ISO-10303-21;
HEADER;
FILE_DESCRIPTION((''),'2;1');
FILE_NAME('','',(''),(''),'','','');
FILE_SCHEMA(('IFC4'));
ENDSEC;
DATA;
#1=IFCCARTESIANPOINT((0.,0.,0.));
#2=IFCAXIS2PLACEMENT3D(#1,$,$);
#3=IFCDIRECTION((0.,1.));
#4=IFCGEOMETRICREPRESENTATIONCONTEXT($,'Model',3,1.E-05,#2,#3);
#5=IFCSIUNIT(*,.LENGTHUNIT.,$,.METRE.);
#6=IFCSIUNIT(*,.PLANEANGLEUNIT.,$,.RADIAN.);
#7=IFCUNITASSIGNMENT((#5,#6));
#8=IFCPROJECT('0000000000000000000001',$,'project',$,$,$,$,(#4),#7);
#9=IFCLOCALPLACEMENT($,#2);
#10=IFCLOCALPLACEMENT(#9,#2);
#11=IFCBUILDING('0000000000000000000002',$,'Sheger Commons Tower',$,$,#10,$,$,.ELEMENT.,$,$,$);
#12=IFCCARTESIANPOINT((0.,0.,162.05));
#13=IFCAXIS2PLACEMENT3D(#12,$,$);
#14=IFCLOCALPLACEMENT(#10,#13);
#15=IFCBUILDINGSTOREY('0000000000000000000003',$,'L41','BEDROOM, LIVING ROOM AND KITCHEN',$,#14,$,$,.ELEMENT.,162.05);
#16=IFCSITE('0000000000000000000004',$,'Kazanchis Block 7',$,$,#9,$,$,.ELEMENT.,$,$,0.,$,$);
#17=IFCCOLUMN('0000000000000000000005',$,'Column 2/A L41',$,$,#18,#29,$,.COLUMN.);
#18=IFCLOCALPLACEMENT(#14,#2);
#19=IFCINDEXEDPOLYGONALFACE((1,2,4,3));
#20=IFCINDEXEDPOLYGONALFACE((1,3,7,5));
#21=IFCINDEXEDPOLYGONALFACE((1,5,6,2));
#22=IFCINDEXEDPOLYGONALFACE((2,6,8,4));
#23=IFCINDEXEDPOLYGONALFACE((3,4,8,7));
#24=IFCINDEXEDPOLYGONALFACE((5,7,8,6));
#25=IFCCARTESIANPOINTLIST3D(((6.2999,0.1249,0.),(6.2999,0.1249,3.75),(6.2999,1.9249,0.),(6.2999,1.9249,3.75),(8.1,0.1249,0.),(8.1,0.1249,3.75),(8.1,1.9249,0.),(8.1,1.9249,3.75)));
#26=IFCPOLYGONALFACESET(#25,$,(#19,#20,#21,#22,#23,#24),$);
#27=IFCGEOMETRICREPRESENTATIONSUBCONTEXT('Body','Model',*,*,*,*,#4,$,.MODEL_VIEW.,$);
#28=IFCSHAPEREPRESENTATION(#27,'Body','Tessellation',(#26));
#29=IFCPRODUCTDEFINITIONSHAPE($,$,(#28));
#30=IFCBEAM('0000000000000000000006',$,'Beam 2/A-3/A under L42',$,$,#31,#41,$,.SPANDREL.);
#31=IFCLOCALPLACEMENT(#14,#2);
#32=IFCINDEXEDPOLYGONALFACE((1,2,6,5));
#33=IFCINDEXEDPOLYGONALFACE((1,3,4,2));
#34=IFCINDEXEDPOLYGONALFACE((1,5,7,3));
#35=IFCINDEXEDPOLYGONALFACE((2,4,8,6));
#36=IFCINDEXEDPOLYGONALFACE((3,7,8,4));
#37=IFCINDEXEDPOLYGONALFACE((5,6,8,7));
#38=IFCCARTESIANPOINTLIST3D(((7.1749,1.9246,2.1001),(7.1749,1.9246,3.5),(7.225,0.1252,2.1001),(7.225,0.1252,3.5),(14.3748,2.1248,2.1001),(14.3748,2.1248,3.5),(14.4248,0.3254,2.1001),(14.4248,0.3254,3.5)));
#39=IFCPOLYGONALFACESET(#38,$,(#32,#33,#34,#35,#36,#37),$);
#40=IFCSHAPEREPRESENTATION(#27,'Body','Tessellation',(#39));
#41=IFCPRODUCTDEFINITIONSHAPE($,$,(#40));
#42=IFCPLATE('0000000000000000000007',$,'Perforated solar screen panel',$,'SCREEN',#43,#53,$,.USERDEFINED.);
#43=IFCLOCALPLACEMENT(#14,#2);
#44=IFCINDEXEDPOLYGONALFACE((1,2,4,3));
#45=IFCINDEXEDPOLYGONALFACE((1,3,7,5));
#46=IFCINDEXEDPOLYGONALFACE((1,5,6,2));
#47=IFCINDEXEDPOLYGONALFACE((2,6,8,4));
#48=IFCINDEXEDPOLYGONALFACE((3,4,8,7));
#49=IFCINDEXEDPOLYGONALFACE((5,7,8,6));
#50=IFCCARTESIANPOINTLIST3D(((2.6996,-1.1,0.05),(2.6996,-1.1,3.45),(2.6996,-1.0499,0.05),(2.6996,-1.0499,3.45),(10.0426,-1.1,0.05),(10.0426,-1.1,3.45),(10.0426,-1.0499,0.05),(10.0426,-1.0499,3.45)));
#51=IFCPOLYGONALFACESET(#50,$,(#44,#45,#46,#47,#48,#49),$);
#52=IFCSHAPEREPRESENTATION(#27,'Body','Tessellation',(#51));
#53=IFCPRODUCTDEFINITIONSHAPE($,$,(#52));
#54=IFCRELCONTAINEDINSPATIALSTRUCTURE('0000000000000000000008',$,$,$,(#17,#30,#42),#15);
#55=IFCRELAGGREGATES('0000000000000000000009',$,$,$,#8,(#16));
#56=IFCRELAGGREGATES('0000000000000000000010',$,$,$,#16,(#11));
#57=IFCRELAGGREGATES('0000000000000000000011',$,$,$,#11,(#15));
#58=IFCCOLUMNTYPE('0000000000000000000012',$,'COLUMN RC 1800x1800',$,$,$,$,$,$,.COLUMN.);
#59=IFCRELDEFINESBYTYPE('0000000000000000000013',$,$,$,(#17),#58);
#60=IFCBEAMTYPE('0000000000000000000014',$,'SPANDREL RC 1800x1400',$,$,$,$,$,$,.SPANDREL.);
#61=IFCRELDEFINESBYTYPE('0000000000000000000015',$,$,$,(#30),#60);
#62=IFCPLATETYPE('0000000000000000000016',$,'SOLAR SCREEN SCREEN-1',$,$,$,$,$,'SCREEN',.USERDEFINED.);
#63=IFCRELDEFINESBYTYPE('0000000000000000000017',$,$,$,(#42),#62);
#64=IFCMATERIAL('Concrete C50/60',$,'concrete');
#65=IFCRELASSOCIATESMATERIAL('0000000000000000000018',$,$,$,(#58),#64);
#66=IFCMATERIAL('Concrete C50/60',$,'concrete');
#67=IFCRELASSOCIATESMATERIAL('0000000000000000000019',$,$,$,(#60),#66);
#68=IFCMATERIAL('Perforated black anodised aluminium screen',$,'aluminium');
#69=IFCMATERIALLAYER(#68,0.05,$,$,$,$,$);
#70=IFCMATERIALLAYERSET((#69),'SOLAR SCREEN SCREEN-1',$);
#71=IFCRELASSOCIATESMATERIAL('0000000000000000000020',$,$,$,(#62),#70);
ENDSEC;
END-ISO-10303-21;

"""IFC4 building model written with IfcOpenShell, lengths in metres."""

from ifc_helpers import new_model, si_unit, direction, frame, origin, origin_2d, place, context, subcontext, project, spatial, rectangle, extrude, material, layer, layer_set, material_profile, profile_set, type_object, element, save


model = new_model("IFC4")

# Units and contexts
model_context = context("Model", 3, precision=1e-05, world=origin(), true_north=direction((0.0, 1.0)))
body_context = subcontext(model_context, "Body", "Model", "MODEL_VIEW")
ifc_project = project(units=[si_unit("LENGTHUNIT", "METRE"), si_unit("PLANEANGLEUNIT", "RADIAN")], contexts=[model_context])

# Site, building, storey
site_placement = place(None, origin())
site = spatial("IfcSite", under=ifc_project, at=site_placement, Name="Kazanchis Block 7", CompositionType="ELEMENT", RefElevation=0.0)
building_placement = place(site_placement, origin())
building = spatial("IfcBuilding", under=site, at=building_placement, Name="Sheger Commons Tower", CompositionType="ELEMENT")
storey_placement = place(building_placement, frame((0.0, 0.0, 162.05)))
storey = spatial("IfcBuildingStorey", under=building, at=storey_placement, Name="L41", Description="BEDROOM, LIVING ROOM AND KITCHEN", CompositionType="ELEMENT", Elevation=162.05)

# Column
ifc_material_1 = material(Name="Concrete C50/60", Category="concrete")
ifc_material_profile_1 = material_profile(ifc_material_1, rectangle(XDim=1.8, YDim=1.8, at=origin_2d()), Name="RC 1800x1800")
ifc_profile_set_1 = profile_set([ifc_material_profile_1], Name="Concrete C50/60")
column_type = type_object("IfcColumnType", Name="COLUMN RC 1800x1800", PredefinedType="COLUMN", material=ifc_profile_set_1)
column_placement = place(storey_placement, frame((7.2, 1.0249, 0.0), z_axis=(0.0, 0.0, 1.0), x_axis=(1.0, 0.0, 0.0)))
element("IfcColumn", 1, at=column_placement, inside=storey, type_object=column_type, Name="Column 2/A L41", PredefinedType="COLUMN", context=body_context, shape_type="SweptSolid", body=[
    extrude(rectangle(XDim=1.8, YDim=1.8, at=origin_2d()), origin(), (0.0, 0.0, 1.0), 3.75),
])

# Beam
ifc_material_2 = material(Name="Concrete C50/60", Category="concrete")
ifc_material_profile_2 = material_profile(ifc_material_2, rectangle(XDim=1.8, YDim=1.3999, at=origin_2d()), Name="RC 1800x1400")
ifc_profile_set_2 = profile_set([ifc_material_profile_2], Name="Concrete C50/60")
beam_type = type_object("IfcBeamType", Name="SPANDREL RC 1800x1400", PredefinedType="SPANDREL", material=ifc_profile_set_2)
beam_placement = place(storey_placement, frame((7.2, 1.0249, 2.8), z_axis=(0.999614, 0.027794, 0.0), x_axis=(-0.027794, 0.999614, 0.0)))
element("IfcBeam", 2, at=beam_placement, inside=storey, type_object=beam_type, Name="Beam 2/A-3/A under L42", PredefinedType="SPANDREL", context=body_context, shape_type="SweptSolid", body=[
    extrude(rectangle(XDim=1.8, YDim=1.3999, at=origin_2d()), origin(), (0.0, 0.0, 1.0), 7.2026),
])

# Plate
ifc_material_3 = material(Name="Perforated black anodised aluminium screen", Category="aluminium")
ifc_layer_1 = layer(ifc_material_3, 0.05)
ifc_layer_set_1 = layer_set([ifc_layer_1], Name="SOLAR SCREEN SCREEN-1")
plate_type = type_object("IfcPlateType", Name="SOLAR SCREEN SCREEN-1", ElementType="SCREEN", PredefinedType="USERDEFINED", material=ifc_layer_set_1)
plate_placement = place(storey_placement, frame((6.3711, -1.075, 0.05), z_axis=(0.0, 0.0, 1.0), x_axis=(1.0, 0.0, 0.0)))
element("IfcPlate", 3, at=plate_placement, inside=storey, type_object=plate_type, Name="Perforated solar screen panel", ObjectType="SCREEN", PredefinedType="USERDEFINED", context=body_context, shape_type="SweptSolid", body=[
    extrude(rectangle(XDim=7.343, YDim=0.05, at=origin_2d()), origin(), (0.0, 0.0, 1.0), 3.3999),
])

save(model, "model.ifc")
